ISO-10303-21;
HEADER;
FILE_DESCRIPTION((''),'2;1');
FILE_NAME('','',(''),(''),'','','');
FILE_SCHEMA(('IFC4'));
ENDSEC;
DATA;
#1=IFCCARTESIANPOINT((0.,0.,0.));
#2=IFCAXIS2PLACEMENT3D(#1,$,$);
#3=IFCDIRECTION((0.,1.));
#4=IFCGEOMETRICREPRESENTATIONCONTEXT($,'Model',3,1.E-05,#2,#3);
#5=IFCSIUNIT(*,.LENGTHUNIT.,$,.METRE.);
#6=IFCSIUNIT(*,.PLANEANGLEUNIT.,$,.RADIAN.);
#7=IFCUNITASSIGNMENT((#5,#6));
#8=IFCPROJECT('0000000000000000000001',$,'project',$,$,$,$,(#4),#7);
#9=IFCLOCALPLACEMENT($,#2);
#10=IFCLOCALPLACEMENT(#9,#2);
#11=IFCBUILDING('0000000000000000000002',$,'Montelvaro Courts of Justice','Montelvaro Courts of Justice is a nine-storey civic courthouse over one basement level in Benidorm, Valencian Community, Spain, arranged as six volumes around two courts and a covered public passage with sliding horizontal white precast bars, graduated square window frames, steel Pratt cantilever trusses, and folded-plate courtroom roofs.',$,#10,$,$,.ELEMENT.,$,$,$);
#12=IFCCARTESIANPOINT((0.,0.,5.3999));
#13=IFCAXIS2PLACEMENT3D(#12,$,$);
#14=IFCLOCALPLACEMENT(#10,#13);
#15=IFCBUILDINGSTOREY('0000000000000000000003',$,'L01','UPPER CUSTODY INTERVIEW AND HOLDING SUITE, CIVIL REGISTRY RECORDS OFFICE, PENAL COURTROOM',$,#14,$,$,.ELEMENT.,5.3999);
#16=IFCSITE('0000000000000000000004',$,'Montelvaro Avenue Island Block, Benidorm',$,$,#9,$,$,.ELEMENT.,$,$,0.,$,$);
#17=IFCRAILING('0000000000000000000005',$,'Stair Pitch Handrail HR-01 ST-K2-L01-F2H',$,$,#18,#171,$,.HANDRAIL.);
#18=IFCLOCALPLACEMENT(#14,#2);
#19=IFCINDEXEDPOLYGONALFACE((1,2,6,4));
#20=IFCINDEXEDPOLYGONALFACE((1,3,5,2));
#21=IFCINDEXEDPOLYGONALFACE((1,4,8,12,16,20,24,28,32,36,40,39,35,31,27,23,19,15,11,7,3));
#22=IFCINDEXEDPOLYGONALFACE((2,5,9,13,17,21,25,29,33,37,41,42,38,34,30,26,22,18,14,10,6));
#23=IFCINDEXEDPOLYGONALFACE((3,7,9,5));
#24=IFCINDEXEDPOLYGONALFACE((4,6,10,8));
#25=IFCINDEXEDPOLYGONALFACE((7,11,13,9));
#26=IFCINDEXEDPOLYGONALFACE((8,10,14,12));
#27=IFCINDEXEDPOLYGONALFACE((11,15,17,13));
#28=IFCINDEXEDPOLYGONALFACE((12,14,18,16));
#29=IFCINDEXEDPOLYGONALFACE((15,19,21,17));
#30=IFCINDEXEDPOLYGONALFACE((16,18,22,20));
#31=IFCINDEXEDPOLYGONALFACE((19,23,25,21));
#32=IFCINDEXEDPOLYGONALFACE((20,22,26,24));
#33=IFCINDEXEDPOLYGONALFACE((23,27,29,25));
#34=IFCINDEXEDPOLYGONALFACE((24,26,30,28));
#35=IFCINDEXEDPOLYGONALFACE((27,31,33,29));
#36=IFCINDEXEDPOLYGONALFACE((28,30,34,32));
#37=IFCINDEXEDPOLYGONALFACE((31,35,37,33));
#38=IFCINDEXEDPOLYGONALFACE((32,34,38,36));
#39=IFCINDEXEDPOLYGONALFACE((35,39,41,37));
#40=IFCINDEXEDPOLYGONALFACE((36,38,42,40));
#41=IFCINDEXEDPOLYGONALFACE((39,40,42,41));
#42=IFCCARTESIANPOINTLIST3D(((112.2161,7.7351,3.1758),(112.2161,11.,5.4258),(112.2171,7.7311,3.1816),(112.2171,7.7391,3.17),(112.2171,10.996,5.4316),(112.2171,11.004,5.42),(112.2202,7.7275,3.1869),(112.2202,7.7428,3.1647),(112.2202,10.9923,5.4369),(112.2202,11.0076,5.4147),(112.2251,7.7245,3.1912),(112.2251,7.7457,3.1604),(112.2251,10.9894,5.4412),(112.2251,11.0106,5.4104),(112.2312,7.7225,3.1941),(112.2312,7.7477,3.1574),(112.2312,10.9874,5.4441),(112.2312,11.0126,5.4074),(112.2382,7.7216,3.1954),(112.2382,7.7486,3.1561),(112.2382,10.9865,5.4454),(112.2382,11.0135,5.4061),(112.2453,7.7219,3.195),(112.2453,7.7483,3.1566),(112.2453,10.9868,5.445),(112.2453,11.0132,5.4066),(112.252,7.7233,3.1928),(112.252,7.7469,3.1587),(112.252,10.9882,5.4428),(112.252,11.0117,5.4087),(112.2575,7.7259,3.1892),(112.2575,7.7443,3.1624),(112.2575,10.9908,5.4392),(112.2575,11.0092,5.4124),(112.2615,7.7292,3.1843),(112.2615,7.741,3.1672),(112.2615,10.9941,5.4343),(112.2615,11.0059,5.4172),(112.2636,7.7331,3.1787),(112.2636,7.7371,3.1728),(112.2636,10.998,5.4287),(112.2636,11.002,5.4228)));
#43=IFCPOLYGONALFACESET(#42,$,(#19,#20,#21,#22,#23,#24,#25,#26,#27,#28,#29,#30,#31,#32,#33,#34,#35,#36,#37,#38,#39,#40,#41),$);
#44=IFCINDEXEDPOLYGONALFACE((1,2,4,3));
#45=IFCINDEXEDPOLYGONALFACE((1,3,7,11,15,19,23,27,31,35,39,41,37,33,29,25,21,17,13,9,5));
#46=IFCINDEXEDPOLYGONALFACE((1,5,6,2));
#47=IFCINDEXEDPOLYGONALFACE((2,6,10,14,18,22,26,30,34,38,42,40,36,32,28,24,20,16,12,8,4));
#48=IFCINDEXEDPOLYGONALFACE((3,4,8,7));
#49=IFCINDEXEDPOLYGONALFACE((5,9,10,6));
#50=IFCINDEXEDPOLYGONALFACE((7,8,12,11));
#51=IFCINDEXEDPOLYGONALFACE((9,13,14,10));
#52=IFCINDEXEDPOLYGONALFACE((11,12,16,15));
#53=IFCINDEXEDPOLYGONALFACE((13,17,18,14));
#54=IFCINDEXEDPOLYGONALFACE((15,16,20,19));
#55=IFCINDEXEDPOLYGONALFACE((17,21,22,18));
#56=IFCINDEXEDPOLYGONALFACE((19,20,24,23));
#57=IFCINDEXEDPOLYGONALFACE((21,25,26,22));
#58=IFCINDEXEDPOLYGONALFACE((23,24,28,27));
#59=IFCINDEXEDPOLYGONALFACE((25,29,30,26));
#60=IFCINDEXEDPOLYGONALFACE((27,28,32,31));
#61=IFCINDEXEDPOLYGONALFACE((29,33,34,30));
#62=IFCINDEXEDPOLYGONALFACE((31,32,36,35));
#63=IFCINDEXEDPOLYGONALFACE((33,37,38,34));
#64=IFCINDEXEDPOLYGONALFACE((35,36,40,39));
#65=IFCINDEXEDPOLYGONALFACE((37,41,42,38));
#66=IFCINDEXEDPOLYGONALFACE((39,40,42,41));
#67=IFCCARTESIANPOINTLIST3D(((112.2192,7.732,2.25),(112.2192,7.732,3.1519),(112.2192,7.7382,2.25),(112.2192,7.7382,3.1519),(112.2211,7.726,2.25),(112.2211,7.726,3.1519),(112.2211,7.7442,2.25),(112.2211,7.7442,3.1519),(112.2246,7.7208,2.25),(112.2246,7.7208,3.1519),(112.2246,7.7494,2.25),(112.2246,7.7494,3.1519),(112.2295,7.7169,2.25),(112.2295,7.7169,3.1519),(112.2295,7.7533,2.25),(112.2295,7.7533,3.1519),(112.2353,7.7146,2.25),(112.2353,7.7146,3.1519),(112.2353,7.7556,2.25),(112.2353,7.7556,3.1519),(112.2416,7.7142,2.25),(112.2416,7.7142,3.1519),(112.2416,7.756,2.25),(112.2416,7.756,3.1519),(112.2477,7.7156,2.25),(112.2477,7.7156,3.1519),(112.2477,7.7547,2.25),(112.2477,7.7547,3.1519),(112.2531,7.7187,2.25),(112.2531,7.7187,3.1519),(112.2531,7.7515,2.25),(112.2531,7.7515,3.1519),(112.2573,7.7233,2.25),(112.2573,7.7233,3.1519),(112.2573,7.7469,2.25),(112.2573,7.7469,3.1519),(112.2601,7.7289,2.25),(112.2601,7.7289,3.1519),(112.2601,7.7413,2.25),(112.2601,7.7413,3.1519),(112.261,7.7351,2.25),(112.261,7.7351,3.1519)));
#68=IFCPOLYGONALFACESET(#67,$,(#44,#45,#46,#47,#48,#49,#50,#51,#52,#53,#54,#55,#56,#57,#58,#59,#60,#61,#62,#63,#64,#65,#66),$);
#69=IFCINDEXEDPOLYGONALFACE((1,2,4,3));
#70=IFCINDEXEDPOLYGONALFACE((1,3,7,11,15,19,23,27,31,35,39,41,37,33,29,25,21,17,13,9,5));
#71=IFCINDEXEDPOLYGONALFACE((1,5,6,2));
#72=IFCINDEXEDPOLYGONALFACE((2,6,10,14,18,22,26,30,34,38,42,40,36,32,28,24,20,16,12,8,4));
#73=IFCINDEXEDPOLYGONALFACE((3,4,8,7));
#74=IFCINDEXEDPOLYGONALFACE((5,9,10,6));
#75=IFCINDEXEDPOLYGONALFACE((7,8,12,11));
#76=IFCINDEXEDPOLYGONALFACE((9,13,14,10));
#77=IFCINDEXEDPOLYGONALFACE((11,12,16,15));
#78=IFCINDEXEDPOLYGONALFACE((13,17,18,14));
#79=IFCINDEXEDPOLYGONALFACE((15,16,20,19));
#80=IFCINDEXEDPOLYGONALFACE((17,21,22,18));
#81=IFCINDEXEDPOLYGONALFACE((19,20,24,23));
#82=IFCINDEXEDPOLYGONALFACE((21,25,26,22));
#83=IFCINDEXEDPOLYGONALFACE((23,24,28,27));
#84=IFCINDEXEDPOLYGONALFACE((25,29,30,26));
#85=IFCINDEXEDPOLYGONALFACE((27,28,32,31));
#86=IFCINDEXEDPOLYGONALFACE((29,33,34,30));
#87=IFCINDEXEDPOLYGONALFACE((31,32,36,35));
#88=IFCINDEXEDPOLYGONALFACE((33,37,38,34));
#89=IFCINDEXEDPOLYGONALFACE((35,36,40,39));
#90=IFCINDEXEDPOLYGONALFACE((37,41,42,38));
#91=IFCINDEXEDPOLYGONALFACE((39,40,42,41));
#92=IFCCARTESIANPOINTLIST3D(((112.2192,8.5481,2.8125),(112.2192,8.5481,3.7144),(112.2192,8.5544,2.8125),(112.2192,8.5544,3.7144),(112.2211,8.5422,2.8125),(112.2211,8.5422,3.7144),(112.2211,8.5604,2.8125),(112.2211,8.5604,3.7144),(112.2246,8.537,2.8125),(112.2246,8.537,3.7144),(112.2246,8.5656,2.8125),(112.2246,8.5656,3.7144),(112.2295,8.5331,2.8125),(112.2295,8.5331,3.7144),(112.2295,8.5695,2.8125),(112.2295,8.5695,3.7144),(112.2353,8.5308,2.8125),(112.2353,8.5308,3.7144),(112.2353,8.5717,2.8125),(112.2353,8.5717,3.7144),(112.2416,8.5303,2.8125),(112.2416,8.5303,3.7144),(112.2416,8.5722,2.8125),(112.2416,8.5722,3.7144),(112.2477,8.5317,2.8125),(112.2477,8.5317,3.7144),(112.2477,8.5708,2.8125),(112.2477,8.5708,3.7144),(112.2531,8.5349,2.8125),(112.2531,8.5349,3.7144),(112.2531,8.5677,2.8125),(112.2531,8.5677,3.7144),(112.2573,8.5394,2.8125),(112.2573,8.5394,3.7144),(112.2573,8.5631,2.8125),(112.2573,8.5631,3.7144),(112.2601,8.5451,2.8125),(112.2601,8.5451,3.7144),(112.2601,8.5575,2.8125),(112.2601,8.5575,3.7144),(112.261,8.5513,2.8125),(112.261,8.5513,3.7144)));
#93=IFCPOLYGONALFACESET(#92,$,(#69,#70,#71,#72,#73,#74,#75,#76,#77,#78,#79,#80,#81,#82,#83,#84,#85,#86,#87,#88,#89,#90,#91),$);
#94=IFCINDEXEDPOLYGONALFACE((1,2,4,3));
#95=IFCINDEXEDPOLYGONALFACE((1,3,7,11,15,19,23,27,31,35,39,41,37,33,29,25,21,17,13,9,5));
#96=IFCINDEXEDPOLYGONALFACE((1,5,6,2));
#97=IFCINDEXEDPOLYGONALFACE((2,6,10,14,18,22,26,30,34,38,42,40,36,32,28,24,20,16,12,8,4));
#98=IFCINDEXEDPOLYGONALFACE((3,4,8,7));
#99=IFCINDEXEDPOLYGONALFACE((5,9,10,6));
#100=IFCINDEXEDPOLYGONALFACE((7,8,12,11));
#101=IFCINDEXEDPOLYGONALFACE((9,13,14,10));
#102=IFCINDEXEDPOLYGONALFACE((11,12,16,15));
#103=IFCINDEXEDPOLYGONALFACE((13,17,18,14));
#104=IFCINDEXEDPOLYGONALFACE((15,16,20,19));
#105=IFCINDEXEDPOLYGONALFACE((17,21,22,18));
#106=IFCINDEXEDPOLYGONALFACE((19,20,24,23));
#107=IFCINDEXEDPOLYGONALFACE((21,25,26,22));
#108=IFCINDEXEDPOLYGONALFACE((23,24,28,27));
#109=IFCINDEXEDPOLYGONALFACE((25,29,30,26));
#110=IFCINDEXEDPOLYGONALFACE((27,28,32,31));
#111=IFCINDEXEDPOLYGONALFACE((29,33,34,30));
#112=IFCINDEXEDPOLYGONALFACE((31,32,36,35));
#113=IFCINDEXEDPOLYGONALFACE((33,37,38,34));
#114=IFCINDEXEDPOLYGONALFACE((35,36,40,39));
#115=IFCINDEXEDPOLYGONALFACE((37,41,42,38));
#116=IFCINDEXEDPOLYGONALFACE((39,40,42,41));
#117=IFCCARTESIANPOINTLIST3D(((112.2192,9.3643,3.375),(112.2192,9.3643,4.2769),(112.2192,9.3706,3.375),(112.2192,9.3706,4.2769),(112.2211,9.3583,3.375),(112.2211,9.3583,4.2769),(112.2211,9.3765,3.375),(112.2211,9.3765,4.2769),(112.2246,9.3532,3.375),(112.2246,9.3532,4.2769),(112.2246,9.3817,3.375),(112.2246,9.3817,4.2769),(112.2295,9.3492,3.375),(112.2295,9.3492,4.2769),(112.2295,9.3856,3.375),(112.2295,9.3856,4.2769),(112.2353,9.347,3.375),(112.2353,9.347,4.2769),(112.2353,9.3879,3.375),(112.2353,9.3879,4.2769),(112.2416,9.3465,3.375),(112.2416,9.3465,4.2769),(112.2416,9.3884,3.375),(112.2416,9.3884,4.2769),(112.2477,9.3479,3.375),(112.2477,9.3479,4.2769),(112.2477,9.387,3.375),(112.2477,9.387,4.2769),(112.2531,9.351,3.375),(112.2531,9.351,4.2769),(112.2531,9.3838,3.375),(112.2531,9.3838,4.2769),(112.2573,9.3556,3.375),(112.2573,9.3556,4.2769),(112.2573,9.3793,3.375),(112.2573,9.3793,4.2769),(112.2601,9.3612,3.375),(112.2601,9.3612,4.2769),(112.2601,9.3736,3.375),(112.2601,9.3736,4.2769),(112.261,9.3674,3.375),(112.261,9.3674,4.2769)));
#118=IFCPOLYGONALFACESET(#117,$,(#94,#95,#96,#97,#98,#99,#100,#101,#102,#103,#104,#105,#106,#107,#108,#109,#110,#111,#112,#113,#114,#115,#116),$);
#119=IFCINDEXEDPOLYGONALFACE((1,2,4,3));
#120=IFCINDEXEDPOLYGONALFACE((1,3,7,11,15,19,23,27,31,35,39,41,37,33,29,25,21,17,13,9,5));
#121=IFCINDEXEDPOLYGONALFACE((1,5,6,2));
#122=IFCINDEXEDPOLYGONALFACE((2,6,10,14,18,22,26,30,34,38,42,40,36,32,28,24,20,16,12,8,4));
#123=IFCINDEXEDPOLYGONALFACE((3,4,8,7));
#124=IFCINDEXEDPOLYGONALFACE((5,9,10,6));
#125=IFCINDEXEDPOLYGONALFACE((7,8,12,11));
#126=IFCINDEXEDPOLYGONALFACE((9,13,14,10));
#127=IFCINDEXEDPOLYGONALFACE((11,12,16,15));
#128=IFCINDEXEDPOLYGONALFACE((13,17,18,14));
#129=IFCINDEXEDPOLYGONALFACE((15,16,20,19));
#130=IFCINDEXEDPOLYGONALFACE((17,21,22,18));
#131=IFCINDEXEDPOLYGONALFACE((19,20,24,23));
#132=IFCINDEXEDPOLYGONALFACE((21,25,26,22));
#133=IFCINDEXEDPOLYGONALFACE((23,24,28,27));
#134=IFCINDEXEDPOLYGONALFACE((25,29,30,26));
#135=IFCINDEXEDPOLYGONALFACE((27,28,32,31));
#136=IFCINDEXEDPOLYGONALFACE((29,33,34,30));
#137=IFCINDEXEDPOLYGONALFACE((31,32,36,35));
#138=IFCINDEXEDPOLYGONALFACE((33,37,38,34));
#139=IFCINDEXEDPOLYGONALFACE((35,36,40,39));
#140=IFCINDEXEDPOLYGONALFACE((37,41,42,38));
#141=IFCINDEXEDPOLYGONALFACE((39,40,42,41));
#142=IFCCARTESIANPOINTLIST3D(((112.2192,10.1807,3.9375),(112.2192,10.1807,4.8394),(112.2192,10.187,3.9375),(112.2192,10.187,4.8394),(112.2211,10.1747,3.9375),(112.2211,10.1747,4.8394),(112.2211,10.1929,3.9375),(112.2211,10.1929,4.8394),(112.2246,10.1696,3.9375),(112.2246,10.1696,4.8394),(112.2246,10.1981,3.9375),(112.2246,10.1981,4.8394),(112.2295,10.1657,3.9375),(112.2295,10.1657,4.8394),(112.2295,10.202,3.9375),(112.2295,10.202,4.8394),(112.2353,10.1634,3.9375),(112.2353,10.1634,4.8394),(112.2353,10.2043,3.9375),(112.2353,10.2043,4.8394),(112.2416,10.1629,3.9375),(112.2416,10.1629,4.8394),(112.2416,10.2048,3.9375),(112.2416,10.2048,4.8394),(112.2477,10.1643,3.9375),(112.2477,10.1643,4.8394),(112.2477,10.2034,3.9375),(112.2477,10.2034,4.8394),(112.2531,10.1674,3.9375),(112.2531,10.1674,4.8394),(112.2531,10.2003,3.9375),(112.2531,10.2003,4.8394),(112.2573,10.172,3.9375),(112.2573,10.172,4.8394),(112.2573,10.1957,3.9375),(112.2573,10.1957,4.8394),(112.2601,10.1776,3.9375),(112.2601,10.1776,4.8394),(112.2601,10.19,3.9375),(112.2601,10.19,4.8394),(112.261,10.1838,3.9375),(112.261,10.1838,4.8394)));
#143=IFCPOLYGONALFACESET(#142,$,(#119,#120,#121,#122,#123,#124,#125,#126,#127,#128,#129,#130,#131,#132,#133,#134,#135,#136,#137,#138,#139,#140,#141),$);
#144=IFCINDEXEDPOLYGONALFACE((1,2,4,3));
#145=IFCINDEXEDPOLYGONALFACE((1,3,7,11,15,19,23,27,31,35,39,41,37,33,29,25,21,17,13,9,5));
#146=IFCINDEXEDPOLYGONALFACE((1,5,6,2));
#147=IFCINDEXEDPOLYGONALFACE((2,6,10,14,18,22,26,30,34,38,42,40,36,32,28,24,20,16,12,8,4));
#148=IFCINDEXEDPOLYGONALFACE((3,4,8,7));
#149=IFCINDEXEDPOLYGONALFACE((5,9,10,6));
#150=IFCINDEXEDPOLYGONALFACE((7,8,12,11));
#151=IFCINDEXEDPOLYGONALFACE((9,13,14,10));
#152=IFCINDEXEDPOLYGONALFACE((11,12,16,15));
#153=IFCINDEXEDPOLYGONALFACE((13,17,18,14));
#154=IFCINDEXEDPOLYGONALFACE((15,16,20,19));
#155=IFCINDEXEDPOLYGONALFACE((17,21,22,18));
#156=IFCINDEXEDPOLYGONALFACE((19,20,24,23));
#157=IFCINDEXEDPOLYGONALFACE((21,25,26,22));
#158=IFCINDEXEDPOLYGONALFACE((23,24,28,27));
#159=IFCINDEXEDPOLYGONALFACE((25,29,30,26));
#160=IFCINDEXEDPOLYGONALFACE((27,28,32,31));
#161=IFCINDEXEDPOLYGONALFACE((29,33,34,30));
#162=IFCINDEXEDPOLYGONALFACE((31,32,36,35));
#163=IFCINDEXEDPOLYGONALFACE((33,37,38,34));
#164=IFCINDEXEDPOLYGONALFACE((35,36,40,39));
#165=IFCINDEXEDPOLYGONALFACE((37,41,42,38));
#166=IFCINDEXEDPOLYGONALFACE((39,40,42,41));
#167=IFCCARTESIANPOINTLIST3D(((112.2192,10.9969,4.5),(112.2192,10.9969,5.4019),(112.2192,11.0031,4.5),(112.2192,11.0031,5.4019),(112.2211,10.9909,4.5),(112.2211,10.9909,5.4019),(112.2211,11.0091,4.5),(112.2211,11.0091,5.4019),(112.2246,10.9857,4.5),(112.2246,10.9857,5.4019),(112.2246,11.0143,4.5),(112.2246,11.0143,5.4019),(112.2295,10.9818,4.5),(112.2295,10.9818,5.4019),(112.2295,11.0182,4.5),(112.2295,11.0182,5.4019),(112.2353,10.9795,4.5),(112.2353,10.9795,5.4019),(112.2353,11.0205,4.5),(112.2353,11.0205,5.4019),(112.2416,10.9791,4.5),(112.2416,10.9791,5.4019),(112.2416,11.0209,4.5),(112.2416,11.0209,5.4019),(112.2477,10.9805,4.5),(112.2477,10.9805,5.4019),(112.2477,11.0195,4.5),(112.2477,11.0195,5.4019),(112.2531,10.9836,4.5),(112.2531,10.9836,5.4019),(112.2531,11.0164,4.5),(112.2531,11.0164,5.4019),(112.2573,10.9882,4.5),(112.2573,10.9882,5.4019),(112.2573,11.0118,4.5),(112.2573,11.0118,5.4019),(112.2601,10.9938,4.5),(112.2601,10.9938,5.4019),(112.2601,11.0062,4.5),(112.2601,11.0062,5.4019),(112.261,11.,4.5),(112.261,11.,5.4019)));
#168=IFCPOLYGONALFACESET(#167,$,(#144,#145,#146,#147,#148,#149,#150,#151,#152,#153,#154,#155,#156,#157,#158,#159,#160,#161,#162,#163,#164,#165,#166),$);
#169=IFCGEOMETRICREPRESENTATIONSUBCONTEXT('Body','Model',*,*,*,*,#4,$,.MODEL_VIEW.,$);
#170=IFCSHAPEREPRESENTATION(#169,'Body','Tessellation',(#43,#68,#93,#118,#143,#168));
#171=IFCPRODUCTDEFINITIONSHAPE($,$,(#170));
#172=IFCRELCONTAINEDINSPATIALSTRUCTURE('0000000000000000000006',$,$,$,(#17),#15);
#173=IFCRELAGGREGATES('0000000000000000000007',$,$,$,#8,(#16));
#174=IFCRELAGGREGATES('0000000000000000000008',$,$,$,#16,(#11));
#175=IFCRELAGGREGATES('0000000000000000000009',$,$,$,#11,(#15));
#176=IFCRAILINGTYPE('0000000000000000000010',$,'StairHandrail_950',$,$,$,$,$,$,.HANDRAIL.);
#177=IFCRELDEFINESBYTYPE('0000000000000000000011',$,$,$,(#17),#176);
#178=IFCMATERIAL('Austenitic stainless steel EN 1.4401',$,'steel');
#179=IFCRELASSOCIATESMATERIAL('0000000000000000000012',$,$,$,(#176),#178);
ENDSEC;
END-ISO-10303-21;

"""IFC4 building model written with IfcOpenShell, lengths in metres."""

from ifc_helpers import new_model, si_unit, direction, frame, origin, origin_2d, place, context, subcontext, project, spatial, circle, extrude, material, type_object, element, save


model = new_model("IFC4")

# Units and contexts
model_context = context("Model", 3, precision=1e-05, world=origin(), true_north=direction((0.0, 1.0)))
body_context = subcontext(model_context, "Body", "Model", "MODEL_VIEW")
ifc_project = project(units=[si_unit("LENGTHUNIT", "METRE"), si_unit("PLANEANGLEUNIT", "RADIAN")], contexts=[model_context])

# Site, building, storey
site_placement = place(None, origin())
site = spatial("IfcSite", under=ifc_project, at=site_placement, Name="Montelvaro Avenue Island Block, Benidorm", CompositionType="ELEMENT", RefElevation=0.0)
building_placement = place(site_placement, origin())
building = spatial("IfcBuilding", under=site, at=building_placement, Name="Montelvaro Courts of Justice", Description="Montelvaro Courts of Justice is a nine-storey civic courthouse over one basement level in Benidorm, Valencian Community, Spain, arranged as six volumes around two courts and a covered public passage with sliding horizontal white precast bars, graduated square window frames, steel Pratt cantilever trusses, and folded-plate courtroom roofs.", CompositionType="ELEMENT")
storey_placement = place(building_placement, frame((0.0, 0.0, 5.3999)))
storey = spatial("IfcBuildingStorey", under=building, at=storey_placement, Name="L01", Description="UPPER CUSTODY INTERVIEW AND HOLDING SUITE, CIVIL REGISTRY RECORDS OFFICE, PENAL COURTROOM", CompositionType="ELEMENT", Elevation=5.3999)

# Railing
ifc_material_1 = material(Name="Austenitic stainless steel EN 1.4401", Category="steel")
railing_type_1 = type_object("IfcRailingType", Name="StairHandrail_950", PredefinedType="HANDRAIL", material=ifc_material_1)
railing_1_placement = place(storey_placement, frame((112.24, 7.7351, 2.25)))
element("IfcRailing", 1, at=railing_1_placement, inside=storey, type_object=railing_type_1, Name="Stair Pitch Handrail HR-01 ST-K2-L01-F2H", PredefinedType="HANDRAIL", context=body_context, shape_type="SweptSolid", body=[
    extrude(circle(Radius=0.0239, at=origin_2d()), frame((0.0, 0.0, 0.9258), z_axis=(0.0, 0.823407, 0.567451), x_axis=(-1.0, 0.0, 0.0)), (0.0, 0.0, 1.0), 3.9651),
    extrude(circle(Radius=0.021, at=origin_2d()), origin(), (0.0, 0.0, 1.0), 0.9019),
    extrude(circle(Radius=0.021, at=origin_2d()), frame((0.0, 0.8162, 0.5625)), (0.0, 0.0, 1.0), 0.9019),
    extrude(circle(Radius=0.021, at=origin_2d()), frame((0.0, 1.6323, 1.125)), (0.0, 0.0, 1.0), 0.9019),
    extrude(circle(Radius=0.021, at=origin_2d()), frame((0.0, 2.4487, 1.6875)), (0.0, 0.0, 1.0), 0.9019),
    extrude(circle(Radius=0.021, at=origin_2d()), frame((0.0, 3.2649, 2.25)), (0.0, 0.0, 1.0), 0.9019),
])

save(model, "model.ifc")
